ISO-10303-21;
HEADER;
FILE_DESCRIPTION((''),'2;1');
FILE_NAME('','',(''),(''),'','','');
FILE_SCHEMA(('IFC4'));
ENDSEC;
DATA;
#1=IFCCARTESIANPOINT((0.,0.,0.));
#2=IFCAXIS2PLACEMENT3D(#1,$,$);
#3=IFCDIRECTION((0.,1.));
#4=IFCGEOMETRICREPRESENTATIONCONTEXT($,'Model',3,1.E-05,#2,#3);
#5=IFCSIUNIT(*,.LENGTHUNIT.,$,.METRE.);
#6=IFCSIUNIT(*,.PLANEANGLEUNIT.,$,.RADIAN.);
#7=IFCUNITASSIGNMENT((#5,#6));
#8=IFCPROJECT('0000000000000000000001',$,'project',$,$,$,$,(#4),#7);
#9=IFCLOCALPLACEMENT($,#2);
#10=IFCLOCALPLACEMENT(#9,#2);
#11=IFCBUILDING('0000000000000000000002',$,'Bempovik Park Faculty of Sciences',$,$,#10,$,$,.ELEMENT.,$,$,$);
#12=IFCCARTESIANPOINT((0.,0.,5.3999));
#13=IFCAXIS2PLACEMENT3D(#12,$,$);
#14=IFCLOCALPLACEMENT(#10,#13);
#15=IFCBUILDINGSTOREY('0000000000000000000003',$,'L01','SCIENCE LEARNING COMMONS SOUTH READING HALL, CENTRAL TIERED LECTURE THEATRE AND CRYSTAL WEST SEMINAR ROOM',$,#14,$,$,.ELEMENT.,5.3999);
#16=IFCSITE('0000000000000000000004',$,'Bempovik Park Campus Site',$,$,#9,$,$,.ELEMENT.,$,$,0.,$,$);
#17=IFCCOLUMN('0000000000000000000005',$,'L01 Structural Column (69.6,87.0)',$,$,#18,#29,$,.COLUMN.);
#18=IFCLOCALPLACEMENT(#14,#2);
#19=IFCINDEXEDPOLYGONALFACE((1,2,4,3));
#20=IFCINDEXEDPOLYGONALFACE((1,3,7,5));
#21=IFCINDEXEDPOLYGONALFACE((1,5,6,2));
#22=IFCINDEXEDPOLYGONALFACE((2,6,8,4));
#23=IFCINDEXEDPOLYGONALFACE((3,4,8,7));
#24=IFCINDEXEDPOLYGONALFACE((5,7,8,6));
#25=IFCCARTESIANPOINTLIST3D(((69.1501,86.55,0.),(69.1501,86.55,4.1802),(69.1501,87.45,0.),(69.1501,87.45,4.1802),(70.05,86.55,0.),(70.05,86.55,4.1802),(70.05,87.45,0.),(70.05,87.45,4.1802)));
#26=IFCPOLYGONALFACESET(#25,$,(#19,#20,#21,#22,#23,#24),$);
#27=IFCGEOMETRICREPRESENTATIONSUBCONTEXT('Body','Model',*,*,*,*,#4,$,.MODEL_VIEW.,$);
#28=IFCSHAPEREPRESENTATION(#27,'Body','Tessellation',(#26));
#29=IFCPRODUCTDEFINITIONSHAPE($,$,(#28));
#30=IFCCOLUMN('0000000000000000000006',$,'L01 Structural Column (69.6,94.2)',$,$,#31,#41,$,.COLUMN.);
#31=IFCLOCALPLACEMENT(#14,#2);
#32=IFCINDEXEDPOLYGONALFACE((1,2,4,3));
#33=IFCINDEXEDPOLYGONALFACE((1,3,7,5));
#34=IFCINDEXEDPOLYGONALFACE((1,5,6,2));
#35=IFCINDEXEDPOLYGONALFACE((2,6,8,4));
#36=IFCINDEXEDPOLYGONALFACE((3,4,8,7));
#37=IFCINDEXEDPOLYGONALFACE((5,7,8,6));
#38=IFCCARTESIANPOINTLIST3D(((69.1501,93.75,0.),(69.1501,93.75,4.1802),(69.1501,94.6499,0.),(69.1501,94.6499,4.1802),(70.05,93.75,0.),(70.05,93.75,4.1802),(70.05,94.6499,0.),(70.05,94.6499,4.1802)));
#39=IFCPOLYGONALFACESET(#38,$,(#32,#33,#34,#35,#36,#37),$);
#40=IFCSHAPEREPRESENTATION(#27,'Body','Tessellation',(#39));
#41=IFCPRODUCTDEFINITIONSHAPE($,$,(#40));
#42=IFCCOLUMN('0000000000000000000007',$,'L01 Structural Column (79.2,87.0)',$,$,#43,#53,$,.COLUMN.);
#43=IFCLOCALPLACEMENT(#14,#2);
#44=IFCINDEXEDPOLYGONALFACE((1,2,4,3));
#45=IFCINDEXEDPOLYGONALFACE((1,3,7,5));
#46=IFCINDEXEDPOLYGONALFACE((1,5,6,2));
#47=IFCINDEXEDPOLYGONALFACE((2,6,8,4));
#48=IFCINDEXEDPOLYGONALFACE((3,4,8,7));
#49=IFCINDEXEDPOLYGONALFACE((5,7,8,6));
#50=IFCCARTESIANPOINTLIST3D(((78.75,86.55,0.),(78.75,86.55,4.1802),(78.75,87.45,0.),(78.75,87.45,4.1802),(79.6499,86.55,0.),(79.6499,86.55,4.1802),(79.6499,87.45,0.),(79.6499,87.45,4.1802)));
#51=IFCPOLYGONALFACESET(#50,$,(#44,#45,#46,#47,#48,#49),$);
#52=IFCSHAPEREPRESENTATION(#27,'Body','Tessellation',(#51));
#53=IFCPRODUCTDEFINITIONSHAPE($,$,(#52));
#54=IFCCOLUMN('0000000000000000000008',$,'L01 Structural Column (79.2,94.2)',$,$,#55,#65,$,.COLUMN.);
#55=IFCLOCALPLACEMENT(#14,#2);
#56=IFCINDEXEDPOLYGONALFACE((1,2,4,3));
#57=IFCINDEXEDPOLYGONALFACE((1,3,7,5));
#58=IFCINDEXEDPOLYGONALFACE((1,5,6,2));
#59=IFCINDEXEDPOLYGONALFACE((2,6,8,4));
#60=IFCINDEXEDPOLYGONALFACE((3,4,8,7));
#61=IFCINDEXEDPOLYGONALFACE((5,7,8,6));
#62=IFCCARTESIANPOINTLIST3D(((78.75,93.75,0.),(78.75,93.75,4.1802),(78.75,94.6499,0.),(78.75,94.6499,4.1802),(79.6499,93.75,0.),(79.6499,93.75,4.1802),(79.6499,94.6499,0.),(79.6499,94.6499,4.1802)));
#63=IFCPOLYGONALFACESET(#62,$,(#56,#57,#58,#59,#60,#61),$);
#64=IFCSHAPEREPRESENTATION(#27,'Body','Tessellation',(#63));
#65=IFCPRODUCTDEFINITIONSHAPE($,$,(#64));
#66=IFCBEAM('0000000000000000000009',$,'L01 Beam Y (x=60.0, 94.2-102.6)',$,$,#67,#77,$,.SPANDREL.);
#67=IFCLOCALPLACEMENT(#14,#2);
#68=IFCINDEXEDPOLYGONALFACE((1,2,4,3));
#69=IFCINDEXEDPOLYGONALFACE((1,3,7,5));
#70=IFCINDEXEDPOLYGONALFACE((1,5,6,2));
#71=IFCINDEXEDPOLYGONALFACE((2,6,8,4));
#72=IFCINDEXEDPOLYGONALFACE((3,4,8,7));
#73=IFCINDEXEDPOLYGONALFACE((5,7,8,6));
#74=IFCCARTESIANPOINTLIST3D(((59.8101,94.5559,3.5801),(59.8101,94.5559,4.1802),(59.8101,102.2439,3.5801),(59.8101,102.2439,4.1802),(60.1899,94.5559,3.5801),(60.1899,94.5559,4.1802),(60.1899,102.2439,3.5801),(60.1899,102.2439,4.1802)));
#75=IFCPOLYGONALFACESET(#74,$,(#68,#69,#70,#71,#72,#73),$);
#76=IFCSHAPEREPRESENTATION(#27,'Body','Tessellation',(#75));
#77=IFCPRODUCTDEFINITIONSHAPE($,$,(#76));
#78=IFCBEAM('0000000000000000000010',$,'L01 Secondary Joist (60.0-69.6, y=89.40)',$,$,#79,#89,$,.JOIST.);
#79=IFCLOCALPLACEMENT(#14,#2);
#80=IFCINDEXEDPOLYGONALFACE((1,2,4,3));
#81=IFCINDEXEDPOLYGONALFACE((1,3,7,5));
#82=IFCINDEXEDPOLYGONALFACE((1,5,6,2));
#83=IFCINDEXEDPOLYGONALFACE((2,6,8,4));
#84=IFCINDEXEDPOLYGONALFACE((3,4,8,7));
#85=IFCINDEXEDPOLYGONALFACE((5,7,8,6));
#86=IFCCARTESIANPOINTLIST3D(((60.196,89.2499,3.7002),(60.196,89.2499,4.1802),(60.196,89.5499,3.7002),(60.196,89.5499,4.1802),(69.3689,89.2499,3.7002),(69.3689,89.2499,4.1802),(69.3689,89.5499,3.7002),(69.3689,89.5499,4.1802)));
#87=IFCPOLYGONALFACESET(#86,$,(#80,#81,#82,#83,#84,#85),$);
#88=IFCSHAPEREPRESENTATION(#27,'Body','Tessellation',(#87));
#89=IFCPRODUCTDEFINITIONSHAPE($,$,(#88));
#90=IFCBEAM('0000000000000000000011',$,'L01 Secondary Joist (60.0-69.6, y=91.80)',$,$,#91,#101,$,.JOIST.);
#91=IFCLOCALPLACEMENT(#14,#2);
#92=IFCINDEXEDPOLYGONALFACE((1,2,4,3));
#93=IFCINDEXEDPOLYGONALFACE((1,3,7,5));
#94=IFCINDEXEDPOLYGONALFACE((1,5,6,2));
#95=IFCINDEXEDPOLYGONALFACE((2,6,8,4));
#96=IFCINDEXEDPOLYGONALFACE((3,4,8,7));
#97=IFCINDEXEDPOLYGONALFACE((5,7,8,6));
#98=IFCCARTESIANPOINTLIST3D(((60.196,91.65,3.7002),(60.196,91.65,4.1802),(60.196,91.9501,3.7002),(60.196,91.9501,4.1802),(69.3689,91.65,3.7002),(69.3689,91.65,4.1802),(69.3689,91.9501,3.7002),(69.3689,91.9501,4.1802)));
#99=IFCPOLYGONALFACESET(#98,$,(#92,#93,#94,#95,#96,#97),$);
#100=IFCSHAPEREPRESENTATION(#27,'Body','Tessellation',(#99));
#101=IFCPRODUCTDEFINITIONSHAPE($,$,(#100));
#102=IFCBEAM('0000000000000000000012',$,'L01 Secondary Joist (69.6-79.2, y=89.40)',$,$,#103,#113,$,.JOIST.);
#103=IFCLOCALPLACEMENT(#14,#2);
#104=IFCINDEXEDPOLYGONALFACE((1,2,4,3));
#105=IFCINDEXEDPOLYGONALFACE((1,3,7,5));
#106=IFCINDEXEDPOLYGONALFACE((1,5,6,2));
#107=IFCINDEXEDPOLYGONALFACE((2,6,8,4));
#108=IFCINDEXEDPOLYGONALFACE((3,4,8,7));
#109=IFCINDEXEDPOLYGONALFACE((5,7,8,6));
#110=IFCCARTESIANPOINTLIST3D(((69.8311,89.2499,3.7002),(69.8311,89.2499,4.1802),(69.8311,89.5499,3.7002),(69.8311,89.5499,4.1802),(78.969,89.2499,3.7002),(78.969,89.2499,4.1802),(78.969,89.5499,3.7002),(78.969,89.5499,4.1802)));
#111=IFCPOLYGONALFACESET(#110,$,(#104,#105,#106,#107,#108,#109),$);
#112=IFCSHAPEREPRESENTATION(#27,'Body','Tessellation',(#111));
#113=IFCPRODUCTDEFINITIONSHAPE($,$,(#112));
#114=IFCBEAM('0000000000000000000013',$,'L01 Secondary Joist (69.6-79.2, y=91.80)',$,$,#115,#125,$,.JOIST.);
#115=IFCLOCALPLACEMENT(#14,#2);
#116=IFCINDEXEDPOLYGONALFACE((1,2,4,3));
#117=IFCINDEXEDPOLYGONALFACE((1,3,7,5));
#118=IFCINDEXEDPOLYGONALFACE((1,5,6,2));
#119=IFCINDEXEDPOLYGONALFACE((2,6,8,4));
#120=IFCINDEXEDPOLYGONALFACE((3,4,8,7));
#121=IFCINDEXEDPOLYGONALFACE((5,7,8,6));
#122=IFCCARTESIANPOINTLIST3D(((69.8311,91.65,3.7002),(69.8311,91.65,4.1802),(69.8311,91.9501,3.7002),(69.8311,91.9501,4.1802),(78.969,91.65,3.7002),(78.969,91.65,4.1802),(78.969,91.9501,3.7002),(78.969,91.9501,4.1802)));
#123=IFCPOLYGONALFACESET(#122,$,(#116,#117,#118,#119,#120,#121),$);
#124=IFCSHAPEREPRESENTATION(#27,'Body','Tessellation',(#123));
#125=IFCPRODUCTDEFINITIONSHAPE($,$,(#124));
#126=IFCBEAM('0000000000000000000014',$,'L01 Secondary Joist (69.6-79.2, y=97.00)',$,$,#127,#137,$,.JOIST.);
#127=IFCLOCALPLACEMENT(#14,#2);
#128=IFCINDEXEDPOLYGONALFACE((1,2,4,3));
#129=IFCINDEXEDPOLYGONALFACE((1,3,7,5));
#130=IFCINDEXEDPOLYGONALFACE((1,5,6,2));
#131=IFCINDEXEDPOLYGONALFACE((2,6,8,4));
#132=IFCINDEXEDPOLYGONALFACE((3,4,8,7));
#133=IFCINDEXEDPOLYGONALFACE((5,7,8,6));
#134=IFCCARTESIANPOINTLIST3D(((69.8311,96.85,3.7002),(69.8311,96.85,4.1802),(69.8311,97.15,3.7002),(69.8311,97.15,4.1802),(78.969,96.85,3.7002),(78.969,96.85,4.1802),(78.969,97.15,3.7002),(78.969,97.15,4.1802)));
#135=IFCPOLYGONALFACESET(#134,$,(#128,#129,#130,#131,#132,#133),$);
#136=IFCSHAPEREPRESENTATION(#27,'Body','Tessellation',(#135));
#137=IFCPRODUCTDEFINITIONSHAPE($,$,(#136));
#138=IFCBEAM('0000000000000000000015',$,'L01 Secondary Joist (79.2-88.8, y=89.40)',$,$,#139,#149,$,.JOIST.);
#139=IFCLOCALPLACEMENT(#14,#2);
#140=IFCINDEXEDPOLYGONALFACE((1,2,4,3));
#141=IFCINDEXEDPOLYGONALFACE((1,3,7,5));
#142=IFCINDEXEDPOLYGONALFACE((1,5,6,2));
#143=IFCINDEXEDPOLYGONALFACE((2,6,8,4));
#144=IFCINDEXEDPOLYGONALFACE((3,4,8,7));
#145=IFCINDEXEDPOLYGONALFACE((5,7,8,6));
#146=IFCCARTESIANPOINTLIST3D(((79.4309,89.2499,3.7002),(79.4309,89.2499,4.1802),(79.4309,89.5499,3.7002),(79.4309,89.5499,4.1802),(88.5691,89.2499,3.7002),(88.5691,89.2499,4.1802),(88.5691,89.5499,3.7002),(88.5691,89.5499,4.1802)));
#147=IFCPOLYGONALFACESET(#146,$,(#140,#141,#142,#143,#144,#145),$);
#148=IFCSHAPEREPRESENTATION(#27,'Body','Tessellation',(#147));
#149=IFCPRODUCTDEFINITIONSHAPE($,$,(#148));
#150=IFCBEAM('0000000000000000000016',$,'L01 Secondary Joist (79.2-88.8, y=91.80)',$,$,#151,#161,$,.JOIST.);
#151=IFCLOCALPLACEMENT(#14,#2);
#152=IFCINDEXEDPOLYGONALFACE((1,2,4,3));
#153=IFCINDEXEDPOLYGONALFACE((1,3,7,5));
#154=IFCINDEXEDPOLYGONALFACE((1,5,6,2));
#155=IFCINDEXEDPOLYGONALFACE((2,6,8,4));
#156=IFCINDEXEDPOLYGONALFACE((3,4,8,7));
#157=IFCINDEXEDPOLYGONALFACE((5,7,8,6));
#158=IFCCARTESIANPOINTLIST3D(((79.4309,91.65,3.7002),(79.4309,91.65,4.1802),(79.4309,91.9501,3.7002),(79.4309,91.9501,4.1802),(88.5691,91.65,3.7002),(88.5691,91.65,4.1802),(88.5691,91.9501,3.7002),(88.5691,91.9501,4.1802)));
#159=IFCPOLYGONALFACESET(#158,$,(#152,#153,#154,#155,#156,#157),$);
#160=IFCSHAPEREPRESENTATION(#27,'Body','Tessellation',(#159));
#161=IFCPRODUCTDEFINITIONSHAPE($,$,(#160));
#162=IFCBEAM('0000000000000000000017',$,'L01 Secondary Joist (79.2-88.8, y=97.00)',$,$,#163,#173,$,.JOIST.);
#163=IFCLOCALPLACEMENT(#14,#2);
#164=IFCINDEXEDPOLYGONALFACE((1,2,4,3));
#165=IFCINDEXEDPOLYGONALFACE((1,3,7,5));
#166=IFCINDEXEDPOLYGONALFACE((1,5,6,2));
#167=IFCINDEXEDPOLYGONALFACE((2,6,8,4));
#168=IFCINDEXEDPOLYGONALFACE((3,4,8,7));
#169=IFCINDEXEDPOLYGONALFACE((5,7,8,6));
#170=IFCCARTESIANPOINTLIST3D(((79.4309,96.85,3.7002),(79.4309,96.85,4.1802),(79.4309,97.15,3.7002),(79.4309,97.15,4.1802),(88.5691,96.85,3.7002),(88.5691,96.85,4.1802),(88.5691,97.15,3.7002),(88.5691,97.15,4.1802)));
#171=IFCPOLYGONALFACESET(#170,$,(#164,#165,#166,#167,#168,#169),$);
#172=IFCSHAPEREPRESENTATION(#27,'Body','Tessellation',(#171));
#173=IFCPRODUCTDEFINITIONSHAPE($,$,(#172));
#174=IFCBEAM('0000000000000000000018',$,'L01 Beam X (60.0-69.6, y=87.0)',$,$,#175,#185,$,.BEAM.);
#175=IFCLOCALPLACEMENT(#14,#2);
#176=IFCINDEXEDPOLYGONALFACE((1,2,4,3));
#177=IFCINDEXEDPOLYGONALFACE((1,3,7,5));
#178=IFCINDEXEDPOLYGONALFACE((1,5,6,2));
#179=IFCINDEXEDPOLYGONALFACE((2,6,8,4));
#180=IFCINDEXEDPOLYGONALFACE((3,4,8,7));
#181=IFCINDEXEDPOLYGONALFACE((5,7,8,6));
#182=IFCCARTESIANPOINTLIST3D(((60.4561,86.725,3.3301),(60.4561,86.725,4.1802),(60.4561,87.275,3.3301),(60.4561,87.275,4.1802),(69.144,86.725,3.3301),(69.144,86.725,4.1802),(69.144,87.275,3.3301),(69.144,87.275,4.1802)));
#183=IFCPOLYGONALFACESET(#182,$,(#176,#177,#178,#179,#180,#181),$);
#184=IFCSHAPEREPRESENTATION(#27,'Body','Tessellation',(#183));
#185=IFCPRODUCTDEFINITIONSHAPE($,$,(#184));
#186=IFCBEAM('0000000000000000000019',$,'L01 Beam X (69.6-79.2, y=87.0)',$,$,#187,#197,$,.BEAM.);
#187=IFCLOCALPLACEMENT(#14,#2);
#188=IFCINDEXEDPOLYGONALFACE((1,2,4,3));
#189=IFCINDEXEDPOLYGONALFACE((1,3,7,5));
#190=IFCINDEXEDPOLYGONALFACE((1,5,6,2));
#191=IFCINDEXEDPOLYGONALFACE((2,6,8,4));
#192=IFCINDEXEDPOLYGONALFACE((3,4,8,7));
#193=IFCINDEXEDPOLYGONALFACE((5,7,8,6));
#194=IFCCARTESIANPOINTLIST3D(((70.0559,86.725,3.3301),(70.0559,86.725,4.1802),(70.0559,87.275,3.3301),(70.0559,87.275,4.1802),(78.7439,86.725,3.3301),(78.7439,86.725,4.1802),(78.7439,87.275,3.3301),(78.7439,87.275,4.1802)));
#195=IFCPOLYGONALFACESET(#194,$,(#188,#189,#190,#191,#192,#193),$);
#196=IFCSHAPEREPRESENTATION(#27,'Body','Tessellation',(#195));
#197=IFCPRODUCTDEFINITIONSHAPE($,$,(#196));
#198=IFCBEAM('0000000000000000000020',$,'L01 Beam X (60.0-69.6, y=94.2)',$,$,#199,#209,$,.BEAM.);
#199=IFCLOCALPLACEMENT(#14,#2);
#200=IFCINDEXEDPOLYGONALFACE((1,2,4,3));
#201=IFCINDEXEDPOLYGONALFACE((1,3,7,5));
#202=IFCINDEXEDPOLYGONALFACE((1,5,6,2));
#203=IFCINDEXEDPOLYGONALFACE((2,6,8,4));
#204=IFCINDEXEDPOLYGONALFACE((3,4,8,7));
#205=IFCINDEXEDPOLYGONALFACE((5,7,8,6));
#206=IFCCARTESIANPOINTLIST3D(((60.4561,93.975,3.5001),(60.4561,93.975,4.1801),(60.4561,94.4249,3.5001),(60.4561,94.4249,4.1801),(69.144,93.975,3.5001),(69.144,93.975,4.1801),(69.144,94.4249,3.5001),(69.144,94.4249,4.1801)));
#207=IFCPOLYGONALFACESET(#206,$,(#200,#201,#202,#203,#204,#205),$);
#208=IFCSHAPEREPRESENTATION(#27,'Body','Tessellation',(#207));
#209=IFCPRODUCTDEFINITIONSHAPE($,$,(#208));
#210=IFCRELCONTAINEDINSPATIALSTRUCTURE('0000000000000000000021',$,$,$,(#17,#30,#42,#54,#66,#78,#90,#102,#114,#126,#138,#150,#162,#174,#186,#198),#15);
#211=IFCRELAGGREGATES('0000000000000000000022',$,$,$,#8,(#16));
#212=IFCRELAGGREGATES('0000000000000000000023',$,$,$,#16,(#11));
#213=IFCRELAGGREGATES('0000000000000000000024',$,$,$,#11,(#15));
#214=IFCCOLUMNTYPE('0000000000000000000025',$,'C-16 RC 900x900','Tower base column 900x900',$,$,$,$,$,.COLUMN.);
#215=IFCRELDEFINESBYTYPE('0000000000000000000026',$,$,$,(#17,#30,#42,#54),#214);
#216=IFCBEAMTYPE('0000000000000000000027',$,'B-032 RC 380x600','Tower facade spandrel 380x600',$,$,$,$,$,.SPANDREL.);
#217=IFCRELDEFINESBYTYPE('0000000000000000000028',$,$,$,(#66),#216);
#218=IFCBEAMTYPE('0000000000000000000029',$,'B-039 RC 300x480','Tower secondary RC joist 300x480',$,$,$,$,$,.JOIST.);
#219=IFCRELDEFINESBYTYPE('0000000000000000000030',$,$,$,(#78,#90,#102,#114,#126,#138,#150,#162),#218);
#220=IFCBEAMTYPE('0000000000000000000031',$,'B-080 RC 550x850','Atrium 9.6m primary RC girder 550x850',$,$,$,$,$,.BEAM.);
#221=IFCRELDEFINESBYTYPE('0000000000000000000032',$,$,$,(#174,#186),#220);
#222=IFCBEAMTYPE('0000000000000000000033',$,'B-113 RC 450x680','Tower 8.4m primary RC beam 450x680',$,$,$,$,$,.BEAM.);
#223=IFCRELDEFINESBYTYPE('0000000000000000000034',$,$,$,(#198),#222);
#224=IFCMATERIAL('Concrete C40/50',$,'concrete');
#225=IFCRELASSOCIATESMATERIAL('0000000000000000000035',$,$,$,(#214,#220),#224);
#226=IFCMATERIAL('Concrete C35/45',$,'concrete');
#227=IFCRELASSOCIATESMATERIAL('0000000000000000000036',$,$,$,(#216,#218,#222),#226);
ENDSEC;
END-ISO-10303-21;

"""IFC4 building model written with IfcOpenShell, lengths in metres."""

from ifc_helpers import new_model, si_unit, direction, frame, origin, origin_2d, place, context, subcontext, project, spatial, rectangle, extrude, material, material_profile, profile_set, type_object, element, save


model = new_model("IFC4")

# Units and contexts
model_context = context("Model", 3, precision=1e-05, world=origin(), true_north=direction((0.0, 1.0)))
body_context = subcontext(model_context, "Body", "Model", "MODEL_VIEW")
ifc_project = project(units=[si_unit("LENGTHUNIT", "METRE"), si_unit("PLANEANGLEUNIT", "RADIAN")], contexts=[model_context])

# Site, building, storey
site_placement = place(None, origin())
site = spatial("IfcSite", under=ifc_project, at=site_placement, Name="Bempovik Park Campus Site", CompositionType="ELEMENT", RefElevation=0.0)
building_placement = place(site_placement, origin())
building = spatial("IfcBuilding", under=site, at=building_placement, Name="Bempovik Park Faculty of Sciences", CompositionType="ELEMENT")
storey_placement = place(building_placement, frame((0.0, 0.0, 5.3999)))
storey = spatial("IfcBuildingStorey", under=building, at=storey_placement, Name="L01", Description="SCIENCE LEARNING COMMONS SOUTH READING HALL, CENTRAL TIERED LECTURE THEATRE AND CRYSTAL WEST SEMINAR ROOM", CompositionType="ELEMENT", Elevation=5.3999)

# Columns
ifc_material_1 = material(Name="Concrete C40/50", Category="concrete")
ifc_material_profile_1 = material_profile(ifc_material_1, rectangle(XDim=0.8999, YDim=0.8999, at=origin_2d()), Name="RC 900x900")
ifc_profile_set_1 = profile_set([ifc_material_profile_1], Name="Concrete C40/50")
column_type = type_object("IfcColumnType", Name="C-16 RC 900x900", Description="Tower base column 900x900", PredefinedType="COLUMN", material=ifc_profile_set_1)
for number, where, z_axis, x_axis, name in (
    (1, (69.6001, 87.0, 0.0), (0.0, 0.0, 1.0), (1.0, 0.0, 0.0), "L01 Structural Column (69.6,87.0)"),
    (2, (69.6001, 94.2, 0.0), (0.0, 0.0, 1.0), (1.0, 0.0, 0.0), "L01 Structural Column (69.6,94.2)"),
    (3, (79.2, 87.0, 0.0), (0.0, 0.0, 1.0), (1.0, 0.0, 0.0), "L01 Structural Column (79.2,87.0)"),
    (4, (79.2, 94.2, 0.0), (0.0, 0.0, 1.0), (1.0, 0.0, 0.0), "L01 Structural Column (79.2,94.2)"),
):
    element("IfcColumn", number, at=place(storey_placement, frame(where, z_axis=z_axis, x_axis=x_axis)), inside=storey, type_object=column_type, Name=name, PredefinedType="COLUMN", context=body_context, shape_type="SweptSolid", body=[
        extrude(rectangle(XDim=0.8999, YDim=0.8999, at=origin_2d()), origin(), (0.0, 0.0, 1.0), 4.1802),
    ])

# Beams
ifc_material_2 = material(Name="Concrete C35/45", Category="concrete")
ifc_material_profile_2 = material_profile(ifc_material_2, rectangle(XDim=0.3799, YDim=0.6001, at=origin_2d()), Name="RC 380x600")
ifc_profile_set_2 = profile_set([ifc_material_profile_2], Name="Concrete C35/45")
beam_type_1 = type_object("IfcBeamType", Name="B-032 RC 380x600", Description="Tower facade spandrel 380x600", PredefinedType="SPANDREL", material=ifc_profile_set_2)
beam_1_placement = place(storey_placement, frame((60.0, 94.5559, 3.8801), z_axis=(0.0, 1.0, 0.0), x_axis=(-1.0, 0.0, 0.0)))
element("IfcBeam", 5, at=beam_1_placement, inside=storey, type_object=beam_type_1, Name="L01 Beam Y (x=60.0, 94.2-102.6)", PredefinedType="SPANDREL", context=body_context, shape_type="SweptSolid", body=[
    extrude(rectangle(XDim=0.3799, YDim=0.6001, at=origin_2d()), origin(), (0.0, 0.0, 1.0), 7.688),
])
ifc_material_profile_3 = material_profile(ifc_material_2, rectangle(XDim=0.3, YDim=0.48, at=origin_2d()), Name="RC 300x480")
ifc_profile_set_3 = profile_set([ifc_material_profile_3], Name="Concrete C35/45")
beam_type_2 = type_object("IfcBeamType", Name="B-039 RC 300x480", Description="Tower secondary RC joist 300x480", PredefinedType="JOIST", material=ifc_profile_set_3)
for number, where, z_axis, x_axis, name in (
    (6, (60.196, 89.3999, 3.9402), (1.0, 0.0, 0.0), (0.0, 1.0, 0.0), "L01 Secondary Joist (60.0-69.6, y=89.40)"),
    (7, (60.196, 91.8, 3.9402), (1.0, 0.0, 0.0), (0.0, 1.0, 0.0), "L01 Secondary Joist (60.0-69.6, y=91.80)"),
):
    element("IfcBeam", number, at=place(storey_placement, frame(where, z_axis=z_axis, x_axis=x_axis)), inside=storey, type_object=beam_type_2, Name=name, PredefinedType="JOIST", context=body_context, shape_type="SweptSolid", body=[
        extrude(rectangle(XDim=0.3, YDim=0.48, at=origin_2d()), origin(), (0.0, 0.0, 1.0), 9.1729),
    ])
for number, where, z_axis, x_axis, name in (
    (8, (69.8311, 89.3999, 3.9402), (1.0, 0.0, 0.0), (0.0, 1.0, 0.0), "L01 Secondary Joist (69.6-79.2, y=89.40)"),
    (9, (69.8311, 91.8, 3.9402), (1.0, 0.0, 0.0), (0.0, 1.0, 0.0), "L01 Secondary Joist (69.6-79.2, y=91.80)"),
    (10, (69.8311, 97.0, 3.9402), (1.0, 0.0, 0.0), (0.0, 1.0, 0.0), "L01 Secondary Joist (69.6-79.2, y=97.00)"),
):
    element("IfcBeam", number, at=place(storey_placement, frame(where, z_axis=z_axis, x_axis=x_axis)), inside=storey, type_object=beam_type_2, Name=name, PredefinedType="JOIST", context=body_context, shape_type="SweptSolid", body=[
        extrude(rectangle(XDim=0.3, YDim=0.48, at=origin_2d()), origin(), (0.0, 0.0, 1.0), 9.1379),
    ])
for number, where, z_axis, x_axis, name in (
    (11, (79.4309, 89.3999, 3.9402), (1.0, 0.0, 0.0), (0.0, 1.0, 0.0), "L01 Secondary Joist (79.2-88.8, y=89.40)"),
    (12, (79.4309, 91.8, 3.9402), (1.0, 0.0, 0.0), (0.0, 1.0, 0.0), "L01 Secondary Joist (79.2-88.8, y=91.80)"),
    (13, (79.4309, 97.0, 3.9402), (1.0, 0.0, 0.0), (0.0, 1.0, 0.0), "L01 Secondary Joist (79.2-88.8, y=97.00)"),
):
    element("IfcBeam", number, at=place(storey_placement, frame(where, z_axis=z_axis, x_axis=x_axis)), inside=storey, type_object=beam_type_2, Name=name, PredefinedType="JOIST", context=body_context, shape_type="SweptSolid", body=[
        extrude(rectangle(XDim=0.3, YDim=0.48, at=origin_2d()), origin(), (0.0, 0.0, 1.0), 9.1382),
    ])
ifc_material_profile_4 = material_profile(ifc_material_1, rectangle(XDim=0.55, YDim=0.8501, at=origin_2d()), Name="RC 550x850")
ifc_profile_set_4 = profile_set([ifc_material_profile_4], Name="Concrete C40/50")
beam_type_3 = type_object("IfcBeamType", Name="B-080 RC 550x850", Description="Atrium 9.6m primary RC girder 550x850", PredefinedType="BEAM", material=ifc_profile_set_4)
for number, where, z_axis, x_axis, name in (
    (14, (60.4561, 87.0, 3.7551), (1.0, 0.0, 0.0), (0.0, 1.0, 0.0), "L01 Beam X (60.0-69.6, y=87.0)"),
    (15, (70.0559, 87.0, 3.7551), (1.0, 0.0, 0.0), (0.0, 1.0, 0.0), "L01 Beam X (69.6-79.2, y=87.0)"),
):
    element("IfcBeam", number, at=place(storey_placement, frame(where, z_axis=z_axis, x_axis=x_axis)), inside=storey, type_object=beam_type_3, Name=name, PredefinedType="BEAM", context=body_context, shape_type="SweptSolid", body=[
        extrude(rectangle(XDim=0.55, YDim=0.8501, at=origin_2d()), origin(), (0.0, 0.0, 1.0), 8.688),
    ])
ifc_material_profile_5 = material_profile(ifc_material_2, rectangle(XDim=0.45, YDim=0.6799, at=origin_2d()), Name="RC 450x680")
ifc_profile_set_5 = profile_set([ifc_material_profile_5], Name="Concrete C35/45")
beam_type_4 = type_object("IfcBeamType", Name="B-113 RC 450x680", Description="Tower 8.4m primary RC beam 450x680", PredefinedType="BEAM", material=ifc_profile_set_5)
for number, where, z_axis, x_axis, name in (
    (16, (60.4561, 94.2, 3.8401), (1.0, 0.0, 0.0), (0.0, 1.0, 0.0), "L01 Beam X (60.0-69.6, y=94.2)"),
):
    element("IfcBeam", number, at=place(storey_placement, frame(where, z_axis=z_axis, x_axis=x_axis)), inside=storey, type_object=beam_type_4, Name=name, PredefinedType="BEAM", context=body_context, shape_type="SweptSolid", body=[
        extrude(rectangle(XDim=0.45, YDim=0.6799, at=origin_2d()), origin(), (0.0, 0.0, 1.0), 8.688),
    ])

save(model, "model.ifc")
